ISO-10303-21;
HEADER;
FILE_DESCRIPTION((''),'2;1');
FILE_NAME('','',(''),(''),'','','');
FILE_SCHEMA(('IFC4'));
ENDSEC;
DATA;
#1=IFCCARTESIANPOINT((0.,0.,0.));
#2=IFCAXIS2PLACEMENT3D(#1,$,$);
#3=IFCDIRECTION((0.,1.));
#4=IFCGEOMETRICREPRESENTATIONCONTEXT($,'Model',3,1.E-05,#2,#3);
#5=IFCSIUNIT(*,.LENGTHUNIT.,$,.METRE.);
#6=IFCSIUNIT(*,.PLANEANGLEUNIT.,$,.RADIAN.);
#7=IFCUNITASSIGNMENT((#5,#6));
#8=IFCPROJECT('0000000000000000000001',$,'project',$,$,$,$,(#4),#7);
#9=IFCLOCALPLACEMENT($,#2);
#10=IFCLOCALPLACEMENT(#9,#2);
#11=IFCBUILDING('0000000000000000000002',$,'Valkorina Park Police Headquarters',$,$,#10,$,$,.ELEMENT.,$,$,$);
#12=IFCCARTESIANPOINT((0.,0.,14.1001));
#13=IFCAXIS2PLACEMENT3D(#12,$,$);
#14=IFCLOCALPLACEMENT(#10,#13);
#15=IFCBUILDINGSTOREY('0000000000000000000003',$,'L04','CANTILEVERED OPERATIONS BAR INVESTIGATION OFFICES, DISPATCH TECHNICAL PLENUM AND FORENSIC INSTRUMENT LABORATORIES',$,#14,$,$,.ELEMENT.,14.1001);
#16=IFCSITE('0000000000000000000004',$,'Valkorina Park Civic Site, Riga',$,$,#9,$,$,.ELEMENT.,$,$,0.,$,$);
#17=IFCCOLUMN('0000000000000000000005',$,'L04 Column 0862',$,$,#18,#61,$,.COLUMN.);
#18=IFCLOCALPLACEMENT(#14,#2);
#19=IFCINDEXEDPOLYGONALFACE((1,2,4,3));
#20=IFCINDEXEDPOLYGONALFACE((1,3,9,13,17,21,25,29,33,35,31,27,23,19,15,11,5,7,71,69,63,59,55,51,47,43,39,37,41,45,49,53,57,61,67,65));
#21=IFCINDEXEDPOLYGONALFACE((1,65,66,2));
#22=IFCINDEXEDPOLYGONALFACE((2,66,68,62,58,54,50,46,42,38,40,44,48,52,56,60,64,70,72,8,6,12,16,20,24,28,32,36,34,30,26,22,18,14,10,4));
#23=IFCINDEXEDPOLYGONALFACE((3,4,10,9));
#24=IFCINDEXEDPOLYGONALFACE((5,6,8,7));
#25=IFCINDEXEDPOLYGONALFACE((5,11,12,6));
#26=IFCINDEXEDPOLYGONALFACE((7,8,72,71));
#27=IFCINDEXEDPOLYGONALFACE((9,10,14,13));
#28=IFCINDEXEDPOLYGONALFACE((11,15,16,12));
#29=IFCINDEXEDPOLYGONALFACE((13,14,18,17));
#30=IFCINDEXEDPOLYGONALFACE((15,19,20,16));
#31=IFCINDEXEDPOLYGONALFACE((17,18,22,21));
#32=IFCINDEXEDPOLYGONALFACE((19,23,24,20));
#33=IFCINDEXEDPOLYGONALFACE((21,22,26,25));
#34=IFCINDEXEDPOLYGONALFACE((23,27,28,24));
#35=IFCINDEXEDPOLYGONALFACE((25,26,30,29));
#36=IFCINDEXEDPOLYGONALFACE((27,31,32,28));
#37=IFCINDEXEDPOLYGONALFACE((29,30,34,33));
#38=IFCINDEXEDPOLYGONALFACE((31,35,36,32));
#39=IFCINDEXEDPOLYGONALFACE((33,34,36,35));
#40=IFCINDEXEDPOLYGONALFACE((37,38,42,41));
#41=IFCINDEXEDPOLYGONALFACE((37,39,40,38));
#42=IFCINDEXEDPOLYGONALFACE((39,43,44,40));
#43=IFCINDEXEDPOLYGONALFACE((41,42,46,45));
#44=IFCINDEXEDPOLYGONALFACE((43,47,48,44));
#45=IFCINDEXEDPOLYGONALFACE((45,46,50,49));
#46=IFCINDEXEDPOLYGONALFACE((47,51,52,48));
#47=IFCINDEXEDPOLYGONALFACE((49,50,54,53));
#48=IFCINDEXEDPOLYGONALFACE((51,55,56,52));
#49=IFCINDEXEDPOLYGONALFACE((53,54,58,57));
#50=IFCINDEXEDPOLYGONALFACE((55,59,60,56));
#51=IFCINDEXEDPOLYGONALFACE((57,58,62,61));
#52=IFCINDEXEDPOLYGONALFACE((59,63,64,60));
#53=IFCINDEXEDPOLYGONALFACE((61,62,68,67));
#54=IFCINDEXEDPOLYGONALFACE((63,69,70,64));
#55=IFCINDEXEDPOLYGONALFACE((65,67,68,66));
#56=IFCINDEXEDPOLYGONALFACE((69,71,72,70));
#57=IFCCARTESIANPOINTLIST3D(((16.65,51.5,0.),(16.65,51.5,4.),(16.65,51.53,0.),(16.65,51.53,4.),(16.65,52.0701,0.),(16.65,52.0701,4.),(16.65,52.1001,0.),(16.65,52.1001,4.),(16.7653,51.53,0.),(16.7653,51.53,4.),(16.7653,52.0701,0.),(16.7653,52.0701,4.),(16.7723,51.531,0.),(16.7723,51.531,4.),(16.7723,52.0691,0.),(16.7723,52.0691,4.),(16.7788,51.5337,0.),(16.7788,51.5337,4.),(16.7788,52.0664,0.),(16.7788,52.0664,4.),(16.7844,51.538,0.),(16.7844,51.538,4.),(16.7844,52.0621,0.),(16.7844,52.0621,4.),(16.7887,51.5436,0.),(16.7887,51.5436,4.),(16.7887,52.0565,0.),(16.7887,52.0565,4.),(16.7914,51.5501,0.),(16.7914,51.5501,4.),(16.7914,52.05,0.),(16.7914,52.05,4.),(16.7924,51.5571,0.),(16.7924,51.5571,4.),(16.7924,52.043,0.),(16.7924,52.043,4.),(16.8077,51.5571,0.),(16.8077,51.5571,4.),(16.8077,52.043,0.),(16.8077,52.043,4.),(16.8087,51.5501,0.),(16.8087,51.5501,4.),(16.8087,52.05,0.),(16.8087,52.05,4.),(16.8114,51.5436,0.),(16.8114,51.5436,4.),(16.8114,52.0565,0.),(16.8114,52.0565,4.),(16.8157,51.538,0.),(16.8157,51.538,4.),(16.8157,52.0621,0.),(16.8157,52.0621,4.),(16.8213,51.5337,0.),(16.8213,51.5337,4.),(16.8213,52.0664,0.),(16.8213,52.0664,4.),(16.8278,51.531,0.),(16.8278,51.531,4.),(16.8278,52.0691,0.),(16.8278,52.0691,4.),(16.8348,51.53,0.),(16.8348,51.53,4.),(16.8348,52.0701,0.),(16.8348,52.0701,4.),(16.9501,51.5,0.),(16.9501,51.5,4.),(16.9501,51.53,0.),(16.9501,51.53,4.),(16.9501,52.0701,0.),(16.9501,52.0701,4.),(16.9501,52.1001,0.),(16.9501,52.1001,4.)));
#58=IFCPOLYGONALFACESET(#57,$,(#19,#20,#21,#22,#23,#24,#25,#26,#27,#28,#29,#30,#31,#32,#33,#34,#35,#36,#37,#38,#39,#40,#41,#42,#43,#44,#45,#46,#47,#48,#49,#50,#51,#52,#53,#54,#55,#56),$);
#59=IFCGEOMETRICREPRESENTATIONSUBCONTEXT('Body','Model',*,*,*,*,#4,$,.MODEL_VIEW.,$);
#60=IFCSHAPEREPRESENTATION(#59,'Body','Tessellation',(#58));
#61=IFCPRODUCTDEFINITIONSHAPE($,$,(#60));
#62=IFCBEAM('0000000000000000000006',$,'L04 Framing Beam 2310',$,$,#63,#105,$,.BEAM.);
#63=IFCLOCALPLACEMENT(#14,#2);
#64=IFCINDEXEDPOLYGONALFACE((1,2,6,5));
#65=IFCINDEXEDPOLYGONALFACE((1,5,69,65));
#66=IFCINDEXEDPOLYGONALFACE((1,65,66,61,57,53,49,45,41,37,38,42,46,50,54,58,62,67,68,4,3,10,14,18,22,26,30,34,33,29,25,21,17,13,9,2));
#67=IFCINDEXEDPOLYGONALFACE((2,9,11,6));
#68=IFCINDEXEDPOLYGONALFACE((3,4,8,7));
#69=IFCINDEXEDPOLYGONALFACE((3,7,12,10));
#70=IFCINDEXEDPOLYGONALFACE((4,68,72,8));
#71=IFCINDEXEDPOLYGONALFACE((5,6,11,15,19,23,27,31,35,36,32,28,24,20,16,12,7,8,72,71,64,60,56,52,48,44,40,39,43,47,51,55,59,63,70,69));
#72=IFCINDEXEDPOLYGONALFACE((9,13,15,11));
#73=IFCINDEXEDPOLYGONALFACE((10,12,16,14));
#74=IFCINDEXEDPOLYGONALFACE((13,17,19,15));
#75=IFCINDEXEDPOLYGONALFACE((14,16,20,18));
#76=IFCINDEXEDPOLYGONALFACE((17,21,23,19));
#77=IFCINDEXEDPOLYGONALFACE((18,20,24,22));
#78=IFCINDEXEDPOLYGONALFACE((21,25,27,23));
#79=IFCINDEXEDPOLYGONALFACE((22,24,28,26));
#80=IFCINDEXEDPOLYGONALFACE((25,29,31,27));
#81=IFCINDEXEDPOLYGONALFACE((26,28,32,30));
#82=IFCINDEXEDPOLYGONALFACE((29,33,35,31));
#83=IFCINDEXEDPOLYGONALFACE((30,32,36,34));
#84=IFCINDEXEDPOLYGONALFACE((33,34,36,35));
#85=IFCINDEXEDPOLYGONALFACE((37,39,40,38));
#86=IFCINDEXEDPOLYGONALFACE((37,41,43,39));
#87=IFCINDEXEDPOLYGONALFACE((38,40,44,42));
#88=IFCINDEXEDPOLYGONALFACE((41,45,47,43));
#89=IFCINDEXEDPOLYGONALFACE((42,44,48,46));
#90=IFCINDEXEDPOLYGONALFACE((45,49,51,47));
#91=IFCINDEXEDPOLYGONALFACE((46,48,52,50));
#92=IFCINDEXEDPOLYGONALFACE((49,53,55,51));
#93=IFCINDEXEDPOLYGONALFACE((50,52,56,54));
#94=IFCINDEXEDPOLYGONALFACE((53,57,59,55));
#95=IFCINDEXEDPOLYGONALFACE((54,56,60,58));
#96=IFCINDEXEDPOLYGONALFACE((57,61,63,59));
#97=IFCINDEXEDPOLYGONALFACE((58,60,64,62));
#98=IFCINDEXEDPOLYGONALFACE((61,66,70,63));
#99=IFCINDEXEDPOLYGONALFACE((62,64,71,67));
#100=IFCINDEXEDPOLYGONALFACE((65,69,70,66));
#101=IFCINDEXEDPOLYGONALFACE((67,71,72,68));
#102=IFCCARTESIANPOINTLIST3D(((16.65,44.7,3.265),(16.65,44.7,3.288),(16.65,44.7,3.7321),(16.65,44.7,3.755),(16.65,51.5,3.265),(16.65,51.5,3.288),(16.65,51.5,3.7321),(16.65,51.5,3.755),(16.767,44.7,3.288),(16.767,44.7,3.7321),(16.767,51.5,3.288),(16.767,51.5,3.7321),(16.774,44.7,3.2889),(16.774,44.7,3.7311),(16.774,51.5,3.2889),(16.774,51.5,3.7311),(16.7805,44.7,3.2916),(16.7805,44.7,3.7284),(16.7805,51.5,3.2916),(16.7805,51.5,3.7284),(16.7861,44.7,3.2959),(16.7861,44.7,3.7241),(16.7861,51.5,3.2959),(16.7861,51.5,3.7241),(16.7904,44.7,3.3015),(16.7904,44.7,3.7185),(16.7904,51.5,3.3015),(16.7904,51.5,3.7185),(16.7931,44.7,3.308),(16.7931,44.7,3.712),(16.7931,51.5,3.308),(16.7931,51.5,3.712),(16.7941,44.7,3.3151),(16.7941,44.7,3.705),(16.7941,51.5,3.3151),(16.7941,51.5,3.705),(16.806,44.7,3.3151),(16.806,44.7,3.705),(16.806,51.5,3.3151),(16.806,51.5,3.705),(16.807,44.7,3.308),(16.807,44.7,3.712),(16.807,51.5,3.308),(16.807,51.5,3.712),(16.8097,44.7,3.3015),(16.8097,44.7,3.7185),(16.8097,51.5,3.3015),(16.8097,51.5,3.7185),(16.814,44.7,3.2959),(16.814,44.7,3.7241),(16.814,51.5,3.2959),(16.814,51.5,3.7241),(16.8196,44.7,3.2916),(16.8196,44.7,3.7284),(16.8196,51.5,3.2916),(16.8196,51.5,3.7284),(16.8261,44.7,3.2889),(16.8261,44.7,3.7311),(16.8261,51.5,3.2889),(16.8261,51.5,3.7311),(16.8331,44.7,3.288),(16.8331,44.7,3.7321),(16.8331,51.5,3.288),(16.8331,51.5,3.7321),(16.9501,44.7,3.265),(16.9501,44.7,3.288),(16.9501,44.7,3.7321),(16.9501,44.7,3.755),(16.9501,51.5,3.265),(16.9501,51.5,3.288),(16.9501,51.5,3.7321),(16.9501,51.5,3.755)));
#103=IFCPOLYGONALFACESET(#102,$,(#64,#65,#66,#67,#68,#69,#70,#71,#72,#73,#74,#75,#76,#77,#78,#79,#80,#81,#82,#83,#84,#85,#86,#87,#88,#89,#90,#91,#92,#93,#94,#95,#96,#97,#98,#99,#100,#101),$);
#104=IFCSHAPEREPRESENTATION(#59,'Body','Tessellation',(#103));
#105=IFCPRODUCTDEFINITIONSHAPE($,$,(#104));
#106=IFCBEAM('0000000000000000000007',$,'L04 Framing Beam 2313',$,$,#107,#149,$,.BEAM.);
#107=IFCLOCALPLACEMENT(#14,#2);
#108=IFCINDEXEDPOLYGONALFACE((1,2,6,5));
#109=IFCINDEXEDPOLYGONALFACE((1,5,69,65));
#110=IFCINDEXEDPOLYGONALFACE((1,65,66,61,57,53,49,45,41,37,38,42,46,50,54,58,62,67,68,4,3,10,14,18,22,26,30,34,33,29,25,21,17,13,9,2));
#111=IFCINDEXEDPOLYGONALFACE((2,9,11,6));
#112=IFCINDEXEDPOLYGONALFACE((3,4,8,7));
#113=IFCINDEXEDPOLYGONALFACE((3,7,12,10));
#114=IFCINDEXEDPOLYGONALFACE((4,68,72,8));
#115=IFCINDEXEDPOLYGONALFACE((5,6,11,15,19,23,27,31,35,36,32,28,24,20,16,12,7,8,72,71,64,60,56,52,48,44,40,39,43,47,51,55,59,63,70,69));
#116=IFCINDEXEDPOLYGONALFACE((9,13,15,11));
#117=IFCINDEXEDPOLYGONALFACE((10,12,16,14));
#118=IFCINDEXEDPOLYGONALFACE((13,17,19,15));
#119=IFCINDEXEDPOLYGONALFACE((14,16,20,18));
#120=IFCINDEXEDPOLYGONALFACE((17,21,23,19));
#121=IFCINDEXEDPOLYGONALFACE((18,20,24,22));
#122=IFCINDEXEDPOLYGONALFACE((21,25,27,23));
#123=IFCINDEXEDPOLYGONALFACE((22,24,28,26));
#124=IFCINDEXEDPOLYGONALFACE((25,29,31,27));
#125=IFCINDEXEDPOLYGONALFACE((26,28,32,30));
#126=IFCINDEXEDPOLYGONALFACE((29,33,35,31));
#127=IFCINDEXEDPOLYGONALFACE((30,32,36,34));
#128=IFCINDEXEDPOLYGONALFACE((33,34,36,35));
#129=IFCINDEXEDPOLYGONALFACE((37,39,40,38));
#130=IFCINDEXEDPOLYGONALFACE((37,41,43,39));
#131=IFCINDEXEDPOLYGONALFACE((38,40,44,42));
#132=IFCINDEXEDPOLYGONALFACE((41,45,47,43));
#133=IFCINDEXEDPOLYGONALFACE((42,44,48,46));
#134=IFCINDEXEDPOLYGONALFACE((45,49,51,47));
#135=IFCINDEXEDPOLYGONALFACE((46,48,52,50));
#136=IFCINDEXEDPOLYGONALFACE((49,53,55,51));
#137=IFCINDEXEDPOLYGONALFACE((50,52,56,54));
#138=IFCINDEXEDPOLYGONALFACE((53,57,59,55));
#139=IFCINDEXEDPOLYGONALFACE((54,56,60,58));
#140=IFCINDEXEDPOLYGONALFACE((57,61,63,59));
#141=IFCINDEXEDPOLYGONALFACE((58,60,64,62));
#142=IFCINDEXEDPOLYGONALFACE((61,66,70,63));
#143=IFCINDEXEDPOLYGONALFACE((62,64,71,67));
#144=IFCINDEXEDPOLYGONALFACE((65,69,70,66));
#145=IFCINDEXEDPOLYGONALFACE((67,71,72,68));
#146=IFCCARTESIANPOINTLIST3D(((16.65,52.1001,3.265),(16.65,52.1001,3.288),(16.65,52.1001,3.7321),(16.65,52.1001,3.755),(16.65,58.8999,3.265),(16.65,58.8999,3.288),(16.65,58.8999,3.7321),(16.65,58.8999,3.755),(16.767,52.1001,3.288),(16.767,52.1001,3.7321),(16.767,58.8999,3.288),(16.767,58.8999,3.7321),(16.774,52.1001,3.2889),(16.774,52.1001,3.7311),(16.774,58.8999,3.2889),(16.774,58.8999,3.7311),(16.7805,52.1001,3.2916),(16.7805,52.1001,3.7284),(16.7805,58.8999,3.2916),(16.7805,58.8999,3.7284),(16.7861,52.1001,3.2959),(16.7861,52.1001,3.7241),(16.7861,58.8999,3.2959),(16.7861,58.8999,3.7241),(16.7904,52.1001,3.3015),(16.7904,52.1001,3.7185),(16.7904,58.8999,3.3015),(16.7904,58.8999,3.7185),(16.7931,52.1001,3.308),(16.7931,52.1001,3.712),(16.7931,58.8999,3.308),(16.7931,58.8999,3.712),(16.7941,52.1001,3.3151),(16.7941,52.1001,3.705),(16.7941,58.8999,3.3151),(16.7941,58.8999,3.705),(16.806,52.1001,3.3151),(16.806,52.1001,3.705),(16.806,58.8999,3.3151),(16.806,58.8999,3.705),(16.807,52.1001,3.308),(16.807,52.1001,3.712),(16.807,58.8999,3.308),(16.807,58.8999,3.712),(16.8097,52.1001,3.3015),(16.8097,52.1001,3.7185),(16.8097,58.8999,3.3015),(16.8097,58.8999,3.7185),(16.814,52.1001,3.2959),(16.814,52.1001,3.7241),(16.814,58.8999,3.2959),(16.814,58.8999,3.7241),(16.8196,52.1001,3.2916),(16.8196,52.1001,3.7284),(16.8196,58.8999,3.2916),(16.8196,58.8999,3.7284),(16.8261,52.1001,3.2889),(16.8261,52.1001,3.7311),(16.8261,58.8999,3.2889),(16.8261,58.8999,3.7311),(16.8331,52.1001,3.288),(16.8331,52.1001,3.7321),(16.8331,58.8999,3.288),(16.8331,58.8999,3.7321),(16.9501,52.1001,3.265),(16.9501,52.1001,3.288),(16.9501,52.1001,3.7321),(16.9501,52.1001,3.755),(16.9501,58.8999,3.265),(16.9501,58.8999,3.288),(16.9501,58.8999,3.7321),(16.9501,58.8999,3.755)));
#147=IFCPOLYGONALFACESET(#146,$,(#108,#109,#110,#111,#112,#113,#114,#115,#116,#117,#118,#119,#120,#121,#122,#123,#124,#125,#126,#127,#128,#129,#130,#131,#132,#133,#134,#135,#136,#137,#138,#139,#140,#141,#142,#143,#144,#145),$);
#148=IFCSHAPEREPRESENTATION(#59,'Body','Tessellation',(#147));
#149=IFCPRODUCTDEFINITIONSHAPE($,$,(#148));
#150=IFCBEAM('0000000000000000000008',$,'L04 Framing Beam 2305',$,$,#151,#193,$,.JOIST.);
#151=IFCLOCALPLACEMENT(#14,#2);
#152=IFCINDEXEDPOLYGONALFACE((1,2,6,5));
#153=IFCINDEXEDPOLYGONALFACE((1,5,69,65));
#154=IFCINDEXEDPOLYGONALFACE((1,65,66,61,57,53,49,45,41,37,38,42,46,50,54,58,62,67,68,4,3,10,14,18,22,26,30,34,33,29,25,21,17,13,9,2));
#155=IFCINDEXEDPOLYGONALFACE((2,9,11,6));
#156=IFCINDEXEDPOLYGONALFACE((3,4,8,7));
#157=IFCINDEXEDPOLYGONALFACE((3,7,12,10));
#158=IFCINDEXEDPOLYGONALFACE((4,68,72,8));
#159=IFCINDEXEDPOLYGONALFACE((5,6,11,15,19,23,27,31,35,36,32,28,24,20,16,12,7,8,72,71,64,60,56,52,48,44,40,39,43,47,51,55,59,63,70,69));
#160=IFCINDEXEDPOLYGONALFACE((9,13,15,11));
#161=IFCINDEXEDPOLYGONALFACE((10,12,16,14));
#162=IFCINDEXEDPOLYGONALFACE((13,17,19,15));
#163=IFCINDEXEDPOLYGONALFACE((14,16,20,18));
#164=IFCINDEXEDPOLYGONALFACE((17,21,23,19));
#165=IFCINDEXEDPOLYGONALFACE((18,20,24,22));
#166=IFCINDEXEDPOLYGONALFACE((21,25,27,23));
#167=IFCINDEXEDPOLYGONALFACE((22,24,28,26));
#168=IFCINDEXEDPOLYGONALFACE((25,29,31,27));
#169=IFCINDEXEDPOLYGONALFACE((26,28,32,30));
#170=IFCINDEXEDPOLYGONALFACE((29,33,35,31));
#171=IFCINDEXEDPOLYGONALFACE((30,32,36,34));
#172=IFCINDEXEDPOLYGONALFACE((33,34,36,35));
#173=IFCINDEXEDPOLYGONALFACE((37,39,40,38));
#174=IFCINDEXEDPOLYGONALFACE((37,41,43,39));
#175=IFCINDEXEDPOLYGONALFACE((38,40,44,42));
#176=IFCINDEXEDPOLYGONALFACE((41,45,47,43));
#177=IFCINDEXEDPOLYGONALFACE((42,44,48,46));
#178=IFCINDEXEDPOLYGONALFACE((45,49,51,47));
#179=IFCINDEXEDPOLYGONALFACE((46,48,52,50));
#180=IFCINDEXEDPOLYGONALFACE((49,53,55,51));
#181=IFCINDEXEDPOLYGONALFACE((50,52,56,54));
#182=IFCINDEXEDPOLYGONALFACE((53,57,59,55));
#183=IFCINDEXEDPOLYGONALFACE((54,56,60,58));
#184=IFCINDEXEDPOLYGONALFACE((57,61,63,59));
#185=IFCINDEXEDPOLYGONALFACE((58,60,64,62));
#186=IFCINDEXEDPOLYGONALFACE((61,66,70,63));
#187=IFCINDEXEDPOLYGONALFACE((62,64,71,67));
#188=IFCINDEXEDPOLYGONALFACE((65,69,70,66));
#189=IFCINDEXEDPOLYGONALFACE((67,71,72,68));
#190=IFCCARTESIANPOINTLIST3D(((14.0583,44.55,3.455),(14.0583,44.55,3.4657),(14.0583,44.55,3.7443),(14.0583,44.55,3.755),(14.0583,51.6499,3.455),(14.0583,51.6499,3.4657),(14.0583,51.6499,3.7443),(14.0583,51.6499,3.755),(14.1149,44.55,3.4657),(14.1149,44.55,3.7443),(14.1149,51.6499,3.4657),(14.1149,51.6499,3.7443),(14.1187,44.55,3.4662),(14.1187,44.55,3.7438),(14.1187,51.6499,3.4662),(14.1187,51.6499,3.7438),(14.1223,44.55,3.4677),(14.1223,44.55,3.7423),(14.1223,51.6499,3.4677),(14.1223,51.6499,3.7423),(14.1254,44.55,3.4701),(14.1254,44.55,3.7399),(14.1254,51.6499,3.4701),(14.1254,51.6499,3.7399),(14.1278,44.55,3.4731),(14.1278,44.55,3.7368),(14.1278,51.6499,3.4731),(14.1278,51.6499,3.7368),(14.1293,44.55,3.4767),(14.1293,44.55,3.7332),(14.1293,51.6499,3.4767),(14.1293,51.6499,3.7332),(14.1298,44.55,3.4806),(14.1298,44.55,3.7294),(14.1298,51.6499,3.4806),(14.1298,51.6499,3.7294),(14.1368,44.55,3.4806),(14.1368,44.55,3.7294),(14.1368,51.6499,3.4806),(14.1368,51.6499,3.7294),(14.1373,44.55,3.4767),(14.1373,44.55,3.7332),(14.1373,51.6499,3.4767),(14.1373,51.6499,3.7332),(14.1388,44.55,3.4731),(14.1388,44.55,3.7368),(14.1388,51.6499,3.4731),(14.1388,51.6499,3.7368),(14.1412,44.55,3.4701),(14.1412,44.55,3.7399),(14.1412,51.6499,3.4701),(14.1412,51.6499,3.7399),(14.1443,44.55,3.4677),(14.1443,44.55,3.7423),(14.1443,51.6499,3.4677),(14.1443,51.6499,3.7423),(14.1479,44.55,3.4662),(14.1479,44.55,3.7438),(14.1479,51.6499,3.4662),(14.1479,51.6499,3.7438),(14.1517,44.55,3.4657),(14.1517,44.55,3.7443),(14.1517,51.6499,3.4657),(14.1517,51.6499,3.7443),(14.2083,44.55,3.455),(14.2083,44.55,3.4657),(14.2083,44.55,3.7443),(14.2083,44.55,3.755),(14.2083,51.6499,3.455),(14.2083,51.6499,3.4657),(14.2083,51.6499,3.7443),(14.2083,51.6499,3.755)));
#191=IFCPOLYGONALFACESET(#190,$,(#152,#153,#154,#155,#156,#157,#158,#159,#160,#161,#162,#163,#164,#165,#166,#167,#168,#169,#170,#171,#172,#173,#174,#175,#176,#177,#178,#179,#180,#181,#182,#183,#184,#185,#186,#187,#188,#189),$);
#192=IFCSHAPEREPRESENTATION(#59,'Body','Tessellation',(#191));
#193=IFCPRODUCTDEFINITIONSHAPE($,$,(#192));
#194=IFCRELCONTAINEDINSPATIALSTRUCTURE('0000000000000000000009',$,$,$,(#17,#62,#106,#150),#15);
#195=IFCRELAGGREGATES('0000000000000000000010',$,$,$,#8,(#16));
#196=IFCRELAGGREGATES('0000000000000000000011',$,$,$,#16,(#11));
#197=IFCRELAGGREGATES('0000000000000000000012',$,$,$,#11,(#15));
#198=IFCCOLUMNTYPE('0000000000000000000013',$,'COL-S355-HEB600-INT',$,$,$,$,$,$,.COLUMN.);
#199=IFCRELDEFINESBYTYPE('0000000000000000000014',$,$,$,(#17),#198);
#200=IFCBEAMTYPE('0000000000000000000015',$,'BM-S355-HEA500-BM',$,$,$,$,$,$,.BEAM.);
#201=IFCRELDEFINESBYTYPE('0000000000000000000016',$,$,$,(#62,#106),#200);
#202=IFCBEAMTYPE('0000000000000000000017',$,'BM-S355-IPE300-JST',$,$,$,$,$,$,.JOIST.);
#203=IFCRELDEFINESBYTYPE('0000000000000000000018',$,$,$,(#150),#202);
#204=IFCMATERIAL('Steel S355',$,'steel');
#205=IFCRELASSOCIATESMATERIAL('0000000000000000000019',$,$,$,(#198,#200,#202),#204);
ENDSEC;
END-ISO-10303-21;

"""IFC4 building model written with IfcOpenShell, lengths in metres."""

from ifc_helpers import new_model, si_unit, direction, frame, origin, origin_2d, place, context, subcontext, project, spatial, i_section, extrude, material, material_profile, profile_set, type_object, element, save


model = new_model("IFC4")

# Units and contexts
model_context = context("Model", 3, precision=1e-05, world=origin(), true_north=direction((0.0, 1.0)))
body_context = subcontext(model_context, "Body", "Model", "MODEL_VIEW")
ifc_project = project(units=[si_unit("LENGTHUNIT", "METRE"), si_unit("PLANEANGLEUNIT", "RADIAN")], contexts=[model_context])

# Site, building, storey
site_placement = place(None, origin())
site = spatial("IfcSite", under=ifc_project, at=site_placement, Name="Valkorina Park Civic Site, Riga", CompositionType="ELEMENT", RefElevation=0.0)
building_placement = place(site_placement, origin())
building = spatial("IfcBuilding", under=site, at=building_placement, Name="Valkorina Park Police Headquarters", CompositionType="ELEMENT")
storey_placement = place(building_placement, frame((0.0, 0.0, 14.1001)))
storey = spatial("IfcBuildingStorey", under=building, at=storey_placement, Name="L04", Description="CANTILEVERED OPERATIONS BAR INVESTIGATION OFFICES, DISPATCH TECHNICAL PLENUM AND FORENSIC INSTRUMENT LABORATORIES", CompositionType="ELEMENT", Elevation=14.1001)

# Column
ifc_material_1 = material(Name="Steel S355", Category="steel")
ifc_material_profile_1 = material_profile(ifc_material_1, i_section(OverallWidth=0.3, OverallDepth=0.6001, WebThickness=0.0154, FlangeThickness=0.03, FilletRadius=0.0271, at=origin_2d()), Name="HEB 600")
ifc_profile_set_1 = profile_set([ifc_material_profile_1], Name="Steel S355")
column_type = type_object("IfcColumnType", Name="COL-S355-HEB600-INT", PredefinedType="COLUMN", material=ifc_profile_set_1)
column_placement = place(storey_placement, frame((16.8, 51.8, 0.0), z_axis=(0.0, 0.0, 1.0), x_axis=(1.0, 0.0, 0.0)))
element("IfcColumn", 1, at=column_placement, inside=storey, type_object=column_type, Name="L04 Column 0862", PredefinedType="COLUMN", context=body_context, shape_type="SweptSolid", body=[
    extrude(i_section(OverallWidth=0.3, OverallDepth=0.6001, WebThickness=0.0154, FlangeThickness=0.03, FilletRadius=0.0271, at=origin_2d()), origin(), (0.0, 0.0, 1.0), 4.0),
])

# Beams
ifc_material_profile_2 = material_profile(ifc_material_1, i_section(OverallWidth=0.3, OverallDepth=0.49, WebThickness=0.012, FlangeThickness=0.0229, FilletRadius=0.0271, at=origin_2d()), Name="HEA 500")
ifc_profile_set_2 = profile_set([ifc_material_profile_2], Name="Steel S355")
beam_type_1 = type_object("IfcBeamType", Name="BM-S355-HEA500-BM", PredefinedType="BEAM", material=ifc_profile_set_2)
beam_1_placement = place(storey_placement, frame((16.8, 44.7, 3.51), z_axis=(0.0, 1.0, 0.0), x_axis=(-1.0, 0.0, 0.0)))
element("IfcBeam", 2, at=beam_1_placement, inside=storey, type_object=beam_type_1, Name="L04 Framing Beam 2310", PredefinedType="BEAM", context=body_context, shape_type="SweptSolid", body=[
    extrude(i_section(OverallWidth=0.3, OverallDepth=0.49, WebThickness=0.012, FlangeThickness=0.0229, FilletRadius=0.0271, at=origin_2d()), origin(), (0.0, 0.0, 1.0), 6.8),
])
beam_2_placement = place(storey_placement, frame((16.8, 52.1001, 3.51), z_axis=(0.0, 1.0, 0.0), x_axis=(-1.0, 0.0, 0.0)))
element("IfcBeam", 3, at=beam_2_placement, inside=storey, type_object=beam_type_1, Name="L04 Framing Beam 2313", PredefinedType="BEAM", context=body_context, shape_type="SweptSolid", body=[
    extrude(i_section(OverallWidth=0.3, OverallDepth=0.49, WebThickness=0.012, FlangeThickness=0.0229, FilletRadius=0.0271, at=origin_2d()), origin(), (0.0, 0.0, 1.0), 6.7998),
])
ifc_material_profile_3 = material_profile(ifc_material_1, i_section(OverallWidth=0.1499, OverallDepth=0.3, WebThickness=0.0071, FlangeThickness=0.0107, FilletRadius=0.0149, at=origin_2d()), Name="IPE 300")
ifc_profile_set_3 = profile_set([ifc_material_profile_3], Name="Steel S355")
beam_type_2 = type_object("IfcBeamType", Name="BM-S355-IPE300-JST", PredefinedType="JOIST", material=ifc_profile_set_3)
beam_3_placement = place(storey_placement, frame((14.1333, 44.55, 3.605), z_axis=(0.0, 1.0, 0.0), x_axis=(-1.0, 0.0, 0.0)))
element("IfcBeam", 4, at=beam_3_placement, inside=storey, type_object=beam_type_2, Name="L04 Framing Beam 2305", PredefinedType="JOIST", context=body_context, shape_type="SweptSolid", body=[
    extrude(i_section(OverallWidth=0.1499, OverallDepth=0.3, WebThickness=0.0071, FlangeThickness=0.0107, FilletRadius=0.0149, at=origin_2d()), origin(), (0.0, 0.0, 1.0), 7.0999),
])

save(model, "model.ifc")
